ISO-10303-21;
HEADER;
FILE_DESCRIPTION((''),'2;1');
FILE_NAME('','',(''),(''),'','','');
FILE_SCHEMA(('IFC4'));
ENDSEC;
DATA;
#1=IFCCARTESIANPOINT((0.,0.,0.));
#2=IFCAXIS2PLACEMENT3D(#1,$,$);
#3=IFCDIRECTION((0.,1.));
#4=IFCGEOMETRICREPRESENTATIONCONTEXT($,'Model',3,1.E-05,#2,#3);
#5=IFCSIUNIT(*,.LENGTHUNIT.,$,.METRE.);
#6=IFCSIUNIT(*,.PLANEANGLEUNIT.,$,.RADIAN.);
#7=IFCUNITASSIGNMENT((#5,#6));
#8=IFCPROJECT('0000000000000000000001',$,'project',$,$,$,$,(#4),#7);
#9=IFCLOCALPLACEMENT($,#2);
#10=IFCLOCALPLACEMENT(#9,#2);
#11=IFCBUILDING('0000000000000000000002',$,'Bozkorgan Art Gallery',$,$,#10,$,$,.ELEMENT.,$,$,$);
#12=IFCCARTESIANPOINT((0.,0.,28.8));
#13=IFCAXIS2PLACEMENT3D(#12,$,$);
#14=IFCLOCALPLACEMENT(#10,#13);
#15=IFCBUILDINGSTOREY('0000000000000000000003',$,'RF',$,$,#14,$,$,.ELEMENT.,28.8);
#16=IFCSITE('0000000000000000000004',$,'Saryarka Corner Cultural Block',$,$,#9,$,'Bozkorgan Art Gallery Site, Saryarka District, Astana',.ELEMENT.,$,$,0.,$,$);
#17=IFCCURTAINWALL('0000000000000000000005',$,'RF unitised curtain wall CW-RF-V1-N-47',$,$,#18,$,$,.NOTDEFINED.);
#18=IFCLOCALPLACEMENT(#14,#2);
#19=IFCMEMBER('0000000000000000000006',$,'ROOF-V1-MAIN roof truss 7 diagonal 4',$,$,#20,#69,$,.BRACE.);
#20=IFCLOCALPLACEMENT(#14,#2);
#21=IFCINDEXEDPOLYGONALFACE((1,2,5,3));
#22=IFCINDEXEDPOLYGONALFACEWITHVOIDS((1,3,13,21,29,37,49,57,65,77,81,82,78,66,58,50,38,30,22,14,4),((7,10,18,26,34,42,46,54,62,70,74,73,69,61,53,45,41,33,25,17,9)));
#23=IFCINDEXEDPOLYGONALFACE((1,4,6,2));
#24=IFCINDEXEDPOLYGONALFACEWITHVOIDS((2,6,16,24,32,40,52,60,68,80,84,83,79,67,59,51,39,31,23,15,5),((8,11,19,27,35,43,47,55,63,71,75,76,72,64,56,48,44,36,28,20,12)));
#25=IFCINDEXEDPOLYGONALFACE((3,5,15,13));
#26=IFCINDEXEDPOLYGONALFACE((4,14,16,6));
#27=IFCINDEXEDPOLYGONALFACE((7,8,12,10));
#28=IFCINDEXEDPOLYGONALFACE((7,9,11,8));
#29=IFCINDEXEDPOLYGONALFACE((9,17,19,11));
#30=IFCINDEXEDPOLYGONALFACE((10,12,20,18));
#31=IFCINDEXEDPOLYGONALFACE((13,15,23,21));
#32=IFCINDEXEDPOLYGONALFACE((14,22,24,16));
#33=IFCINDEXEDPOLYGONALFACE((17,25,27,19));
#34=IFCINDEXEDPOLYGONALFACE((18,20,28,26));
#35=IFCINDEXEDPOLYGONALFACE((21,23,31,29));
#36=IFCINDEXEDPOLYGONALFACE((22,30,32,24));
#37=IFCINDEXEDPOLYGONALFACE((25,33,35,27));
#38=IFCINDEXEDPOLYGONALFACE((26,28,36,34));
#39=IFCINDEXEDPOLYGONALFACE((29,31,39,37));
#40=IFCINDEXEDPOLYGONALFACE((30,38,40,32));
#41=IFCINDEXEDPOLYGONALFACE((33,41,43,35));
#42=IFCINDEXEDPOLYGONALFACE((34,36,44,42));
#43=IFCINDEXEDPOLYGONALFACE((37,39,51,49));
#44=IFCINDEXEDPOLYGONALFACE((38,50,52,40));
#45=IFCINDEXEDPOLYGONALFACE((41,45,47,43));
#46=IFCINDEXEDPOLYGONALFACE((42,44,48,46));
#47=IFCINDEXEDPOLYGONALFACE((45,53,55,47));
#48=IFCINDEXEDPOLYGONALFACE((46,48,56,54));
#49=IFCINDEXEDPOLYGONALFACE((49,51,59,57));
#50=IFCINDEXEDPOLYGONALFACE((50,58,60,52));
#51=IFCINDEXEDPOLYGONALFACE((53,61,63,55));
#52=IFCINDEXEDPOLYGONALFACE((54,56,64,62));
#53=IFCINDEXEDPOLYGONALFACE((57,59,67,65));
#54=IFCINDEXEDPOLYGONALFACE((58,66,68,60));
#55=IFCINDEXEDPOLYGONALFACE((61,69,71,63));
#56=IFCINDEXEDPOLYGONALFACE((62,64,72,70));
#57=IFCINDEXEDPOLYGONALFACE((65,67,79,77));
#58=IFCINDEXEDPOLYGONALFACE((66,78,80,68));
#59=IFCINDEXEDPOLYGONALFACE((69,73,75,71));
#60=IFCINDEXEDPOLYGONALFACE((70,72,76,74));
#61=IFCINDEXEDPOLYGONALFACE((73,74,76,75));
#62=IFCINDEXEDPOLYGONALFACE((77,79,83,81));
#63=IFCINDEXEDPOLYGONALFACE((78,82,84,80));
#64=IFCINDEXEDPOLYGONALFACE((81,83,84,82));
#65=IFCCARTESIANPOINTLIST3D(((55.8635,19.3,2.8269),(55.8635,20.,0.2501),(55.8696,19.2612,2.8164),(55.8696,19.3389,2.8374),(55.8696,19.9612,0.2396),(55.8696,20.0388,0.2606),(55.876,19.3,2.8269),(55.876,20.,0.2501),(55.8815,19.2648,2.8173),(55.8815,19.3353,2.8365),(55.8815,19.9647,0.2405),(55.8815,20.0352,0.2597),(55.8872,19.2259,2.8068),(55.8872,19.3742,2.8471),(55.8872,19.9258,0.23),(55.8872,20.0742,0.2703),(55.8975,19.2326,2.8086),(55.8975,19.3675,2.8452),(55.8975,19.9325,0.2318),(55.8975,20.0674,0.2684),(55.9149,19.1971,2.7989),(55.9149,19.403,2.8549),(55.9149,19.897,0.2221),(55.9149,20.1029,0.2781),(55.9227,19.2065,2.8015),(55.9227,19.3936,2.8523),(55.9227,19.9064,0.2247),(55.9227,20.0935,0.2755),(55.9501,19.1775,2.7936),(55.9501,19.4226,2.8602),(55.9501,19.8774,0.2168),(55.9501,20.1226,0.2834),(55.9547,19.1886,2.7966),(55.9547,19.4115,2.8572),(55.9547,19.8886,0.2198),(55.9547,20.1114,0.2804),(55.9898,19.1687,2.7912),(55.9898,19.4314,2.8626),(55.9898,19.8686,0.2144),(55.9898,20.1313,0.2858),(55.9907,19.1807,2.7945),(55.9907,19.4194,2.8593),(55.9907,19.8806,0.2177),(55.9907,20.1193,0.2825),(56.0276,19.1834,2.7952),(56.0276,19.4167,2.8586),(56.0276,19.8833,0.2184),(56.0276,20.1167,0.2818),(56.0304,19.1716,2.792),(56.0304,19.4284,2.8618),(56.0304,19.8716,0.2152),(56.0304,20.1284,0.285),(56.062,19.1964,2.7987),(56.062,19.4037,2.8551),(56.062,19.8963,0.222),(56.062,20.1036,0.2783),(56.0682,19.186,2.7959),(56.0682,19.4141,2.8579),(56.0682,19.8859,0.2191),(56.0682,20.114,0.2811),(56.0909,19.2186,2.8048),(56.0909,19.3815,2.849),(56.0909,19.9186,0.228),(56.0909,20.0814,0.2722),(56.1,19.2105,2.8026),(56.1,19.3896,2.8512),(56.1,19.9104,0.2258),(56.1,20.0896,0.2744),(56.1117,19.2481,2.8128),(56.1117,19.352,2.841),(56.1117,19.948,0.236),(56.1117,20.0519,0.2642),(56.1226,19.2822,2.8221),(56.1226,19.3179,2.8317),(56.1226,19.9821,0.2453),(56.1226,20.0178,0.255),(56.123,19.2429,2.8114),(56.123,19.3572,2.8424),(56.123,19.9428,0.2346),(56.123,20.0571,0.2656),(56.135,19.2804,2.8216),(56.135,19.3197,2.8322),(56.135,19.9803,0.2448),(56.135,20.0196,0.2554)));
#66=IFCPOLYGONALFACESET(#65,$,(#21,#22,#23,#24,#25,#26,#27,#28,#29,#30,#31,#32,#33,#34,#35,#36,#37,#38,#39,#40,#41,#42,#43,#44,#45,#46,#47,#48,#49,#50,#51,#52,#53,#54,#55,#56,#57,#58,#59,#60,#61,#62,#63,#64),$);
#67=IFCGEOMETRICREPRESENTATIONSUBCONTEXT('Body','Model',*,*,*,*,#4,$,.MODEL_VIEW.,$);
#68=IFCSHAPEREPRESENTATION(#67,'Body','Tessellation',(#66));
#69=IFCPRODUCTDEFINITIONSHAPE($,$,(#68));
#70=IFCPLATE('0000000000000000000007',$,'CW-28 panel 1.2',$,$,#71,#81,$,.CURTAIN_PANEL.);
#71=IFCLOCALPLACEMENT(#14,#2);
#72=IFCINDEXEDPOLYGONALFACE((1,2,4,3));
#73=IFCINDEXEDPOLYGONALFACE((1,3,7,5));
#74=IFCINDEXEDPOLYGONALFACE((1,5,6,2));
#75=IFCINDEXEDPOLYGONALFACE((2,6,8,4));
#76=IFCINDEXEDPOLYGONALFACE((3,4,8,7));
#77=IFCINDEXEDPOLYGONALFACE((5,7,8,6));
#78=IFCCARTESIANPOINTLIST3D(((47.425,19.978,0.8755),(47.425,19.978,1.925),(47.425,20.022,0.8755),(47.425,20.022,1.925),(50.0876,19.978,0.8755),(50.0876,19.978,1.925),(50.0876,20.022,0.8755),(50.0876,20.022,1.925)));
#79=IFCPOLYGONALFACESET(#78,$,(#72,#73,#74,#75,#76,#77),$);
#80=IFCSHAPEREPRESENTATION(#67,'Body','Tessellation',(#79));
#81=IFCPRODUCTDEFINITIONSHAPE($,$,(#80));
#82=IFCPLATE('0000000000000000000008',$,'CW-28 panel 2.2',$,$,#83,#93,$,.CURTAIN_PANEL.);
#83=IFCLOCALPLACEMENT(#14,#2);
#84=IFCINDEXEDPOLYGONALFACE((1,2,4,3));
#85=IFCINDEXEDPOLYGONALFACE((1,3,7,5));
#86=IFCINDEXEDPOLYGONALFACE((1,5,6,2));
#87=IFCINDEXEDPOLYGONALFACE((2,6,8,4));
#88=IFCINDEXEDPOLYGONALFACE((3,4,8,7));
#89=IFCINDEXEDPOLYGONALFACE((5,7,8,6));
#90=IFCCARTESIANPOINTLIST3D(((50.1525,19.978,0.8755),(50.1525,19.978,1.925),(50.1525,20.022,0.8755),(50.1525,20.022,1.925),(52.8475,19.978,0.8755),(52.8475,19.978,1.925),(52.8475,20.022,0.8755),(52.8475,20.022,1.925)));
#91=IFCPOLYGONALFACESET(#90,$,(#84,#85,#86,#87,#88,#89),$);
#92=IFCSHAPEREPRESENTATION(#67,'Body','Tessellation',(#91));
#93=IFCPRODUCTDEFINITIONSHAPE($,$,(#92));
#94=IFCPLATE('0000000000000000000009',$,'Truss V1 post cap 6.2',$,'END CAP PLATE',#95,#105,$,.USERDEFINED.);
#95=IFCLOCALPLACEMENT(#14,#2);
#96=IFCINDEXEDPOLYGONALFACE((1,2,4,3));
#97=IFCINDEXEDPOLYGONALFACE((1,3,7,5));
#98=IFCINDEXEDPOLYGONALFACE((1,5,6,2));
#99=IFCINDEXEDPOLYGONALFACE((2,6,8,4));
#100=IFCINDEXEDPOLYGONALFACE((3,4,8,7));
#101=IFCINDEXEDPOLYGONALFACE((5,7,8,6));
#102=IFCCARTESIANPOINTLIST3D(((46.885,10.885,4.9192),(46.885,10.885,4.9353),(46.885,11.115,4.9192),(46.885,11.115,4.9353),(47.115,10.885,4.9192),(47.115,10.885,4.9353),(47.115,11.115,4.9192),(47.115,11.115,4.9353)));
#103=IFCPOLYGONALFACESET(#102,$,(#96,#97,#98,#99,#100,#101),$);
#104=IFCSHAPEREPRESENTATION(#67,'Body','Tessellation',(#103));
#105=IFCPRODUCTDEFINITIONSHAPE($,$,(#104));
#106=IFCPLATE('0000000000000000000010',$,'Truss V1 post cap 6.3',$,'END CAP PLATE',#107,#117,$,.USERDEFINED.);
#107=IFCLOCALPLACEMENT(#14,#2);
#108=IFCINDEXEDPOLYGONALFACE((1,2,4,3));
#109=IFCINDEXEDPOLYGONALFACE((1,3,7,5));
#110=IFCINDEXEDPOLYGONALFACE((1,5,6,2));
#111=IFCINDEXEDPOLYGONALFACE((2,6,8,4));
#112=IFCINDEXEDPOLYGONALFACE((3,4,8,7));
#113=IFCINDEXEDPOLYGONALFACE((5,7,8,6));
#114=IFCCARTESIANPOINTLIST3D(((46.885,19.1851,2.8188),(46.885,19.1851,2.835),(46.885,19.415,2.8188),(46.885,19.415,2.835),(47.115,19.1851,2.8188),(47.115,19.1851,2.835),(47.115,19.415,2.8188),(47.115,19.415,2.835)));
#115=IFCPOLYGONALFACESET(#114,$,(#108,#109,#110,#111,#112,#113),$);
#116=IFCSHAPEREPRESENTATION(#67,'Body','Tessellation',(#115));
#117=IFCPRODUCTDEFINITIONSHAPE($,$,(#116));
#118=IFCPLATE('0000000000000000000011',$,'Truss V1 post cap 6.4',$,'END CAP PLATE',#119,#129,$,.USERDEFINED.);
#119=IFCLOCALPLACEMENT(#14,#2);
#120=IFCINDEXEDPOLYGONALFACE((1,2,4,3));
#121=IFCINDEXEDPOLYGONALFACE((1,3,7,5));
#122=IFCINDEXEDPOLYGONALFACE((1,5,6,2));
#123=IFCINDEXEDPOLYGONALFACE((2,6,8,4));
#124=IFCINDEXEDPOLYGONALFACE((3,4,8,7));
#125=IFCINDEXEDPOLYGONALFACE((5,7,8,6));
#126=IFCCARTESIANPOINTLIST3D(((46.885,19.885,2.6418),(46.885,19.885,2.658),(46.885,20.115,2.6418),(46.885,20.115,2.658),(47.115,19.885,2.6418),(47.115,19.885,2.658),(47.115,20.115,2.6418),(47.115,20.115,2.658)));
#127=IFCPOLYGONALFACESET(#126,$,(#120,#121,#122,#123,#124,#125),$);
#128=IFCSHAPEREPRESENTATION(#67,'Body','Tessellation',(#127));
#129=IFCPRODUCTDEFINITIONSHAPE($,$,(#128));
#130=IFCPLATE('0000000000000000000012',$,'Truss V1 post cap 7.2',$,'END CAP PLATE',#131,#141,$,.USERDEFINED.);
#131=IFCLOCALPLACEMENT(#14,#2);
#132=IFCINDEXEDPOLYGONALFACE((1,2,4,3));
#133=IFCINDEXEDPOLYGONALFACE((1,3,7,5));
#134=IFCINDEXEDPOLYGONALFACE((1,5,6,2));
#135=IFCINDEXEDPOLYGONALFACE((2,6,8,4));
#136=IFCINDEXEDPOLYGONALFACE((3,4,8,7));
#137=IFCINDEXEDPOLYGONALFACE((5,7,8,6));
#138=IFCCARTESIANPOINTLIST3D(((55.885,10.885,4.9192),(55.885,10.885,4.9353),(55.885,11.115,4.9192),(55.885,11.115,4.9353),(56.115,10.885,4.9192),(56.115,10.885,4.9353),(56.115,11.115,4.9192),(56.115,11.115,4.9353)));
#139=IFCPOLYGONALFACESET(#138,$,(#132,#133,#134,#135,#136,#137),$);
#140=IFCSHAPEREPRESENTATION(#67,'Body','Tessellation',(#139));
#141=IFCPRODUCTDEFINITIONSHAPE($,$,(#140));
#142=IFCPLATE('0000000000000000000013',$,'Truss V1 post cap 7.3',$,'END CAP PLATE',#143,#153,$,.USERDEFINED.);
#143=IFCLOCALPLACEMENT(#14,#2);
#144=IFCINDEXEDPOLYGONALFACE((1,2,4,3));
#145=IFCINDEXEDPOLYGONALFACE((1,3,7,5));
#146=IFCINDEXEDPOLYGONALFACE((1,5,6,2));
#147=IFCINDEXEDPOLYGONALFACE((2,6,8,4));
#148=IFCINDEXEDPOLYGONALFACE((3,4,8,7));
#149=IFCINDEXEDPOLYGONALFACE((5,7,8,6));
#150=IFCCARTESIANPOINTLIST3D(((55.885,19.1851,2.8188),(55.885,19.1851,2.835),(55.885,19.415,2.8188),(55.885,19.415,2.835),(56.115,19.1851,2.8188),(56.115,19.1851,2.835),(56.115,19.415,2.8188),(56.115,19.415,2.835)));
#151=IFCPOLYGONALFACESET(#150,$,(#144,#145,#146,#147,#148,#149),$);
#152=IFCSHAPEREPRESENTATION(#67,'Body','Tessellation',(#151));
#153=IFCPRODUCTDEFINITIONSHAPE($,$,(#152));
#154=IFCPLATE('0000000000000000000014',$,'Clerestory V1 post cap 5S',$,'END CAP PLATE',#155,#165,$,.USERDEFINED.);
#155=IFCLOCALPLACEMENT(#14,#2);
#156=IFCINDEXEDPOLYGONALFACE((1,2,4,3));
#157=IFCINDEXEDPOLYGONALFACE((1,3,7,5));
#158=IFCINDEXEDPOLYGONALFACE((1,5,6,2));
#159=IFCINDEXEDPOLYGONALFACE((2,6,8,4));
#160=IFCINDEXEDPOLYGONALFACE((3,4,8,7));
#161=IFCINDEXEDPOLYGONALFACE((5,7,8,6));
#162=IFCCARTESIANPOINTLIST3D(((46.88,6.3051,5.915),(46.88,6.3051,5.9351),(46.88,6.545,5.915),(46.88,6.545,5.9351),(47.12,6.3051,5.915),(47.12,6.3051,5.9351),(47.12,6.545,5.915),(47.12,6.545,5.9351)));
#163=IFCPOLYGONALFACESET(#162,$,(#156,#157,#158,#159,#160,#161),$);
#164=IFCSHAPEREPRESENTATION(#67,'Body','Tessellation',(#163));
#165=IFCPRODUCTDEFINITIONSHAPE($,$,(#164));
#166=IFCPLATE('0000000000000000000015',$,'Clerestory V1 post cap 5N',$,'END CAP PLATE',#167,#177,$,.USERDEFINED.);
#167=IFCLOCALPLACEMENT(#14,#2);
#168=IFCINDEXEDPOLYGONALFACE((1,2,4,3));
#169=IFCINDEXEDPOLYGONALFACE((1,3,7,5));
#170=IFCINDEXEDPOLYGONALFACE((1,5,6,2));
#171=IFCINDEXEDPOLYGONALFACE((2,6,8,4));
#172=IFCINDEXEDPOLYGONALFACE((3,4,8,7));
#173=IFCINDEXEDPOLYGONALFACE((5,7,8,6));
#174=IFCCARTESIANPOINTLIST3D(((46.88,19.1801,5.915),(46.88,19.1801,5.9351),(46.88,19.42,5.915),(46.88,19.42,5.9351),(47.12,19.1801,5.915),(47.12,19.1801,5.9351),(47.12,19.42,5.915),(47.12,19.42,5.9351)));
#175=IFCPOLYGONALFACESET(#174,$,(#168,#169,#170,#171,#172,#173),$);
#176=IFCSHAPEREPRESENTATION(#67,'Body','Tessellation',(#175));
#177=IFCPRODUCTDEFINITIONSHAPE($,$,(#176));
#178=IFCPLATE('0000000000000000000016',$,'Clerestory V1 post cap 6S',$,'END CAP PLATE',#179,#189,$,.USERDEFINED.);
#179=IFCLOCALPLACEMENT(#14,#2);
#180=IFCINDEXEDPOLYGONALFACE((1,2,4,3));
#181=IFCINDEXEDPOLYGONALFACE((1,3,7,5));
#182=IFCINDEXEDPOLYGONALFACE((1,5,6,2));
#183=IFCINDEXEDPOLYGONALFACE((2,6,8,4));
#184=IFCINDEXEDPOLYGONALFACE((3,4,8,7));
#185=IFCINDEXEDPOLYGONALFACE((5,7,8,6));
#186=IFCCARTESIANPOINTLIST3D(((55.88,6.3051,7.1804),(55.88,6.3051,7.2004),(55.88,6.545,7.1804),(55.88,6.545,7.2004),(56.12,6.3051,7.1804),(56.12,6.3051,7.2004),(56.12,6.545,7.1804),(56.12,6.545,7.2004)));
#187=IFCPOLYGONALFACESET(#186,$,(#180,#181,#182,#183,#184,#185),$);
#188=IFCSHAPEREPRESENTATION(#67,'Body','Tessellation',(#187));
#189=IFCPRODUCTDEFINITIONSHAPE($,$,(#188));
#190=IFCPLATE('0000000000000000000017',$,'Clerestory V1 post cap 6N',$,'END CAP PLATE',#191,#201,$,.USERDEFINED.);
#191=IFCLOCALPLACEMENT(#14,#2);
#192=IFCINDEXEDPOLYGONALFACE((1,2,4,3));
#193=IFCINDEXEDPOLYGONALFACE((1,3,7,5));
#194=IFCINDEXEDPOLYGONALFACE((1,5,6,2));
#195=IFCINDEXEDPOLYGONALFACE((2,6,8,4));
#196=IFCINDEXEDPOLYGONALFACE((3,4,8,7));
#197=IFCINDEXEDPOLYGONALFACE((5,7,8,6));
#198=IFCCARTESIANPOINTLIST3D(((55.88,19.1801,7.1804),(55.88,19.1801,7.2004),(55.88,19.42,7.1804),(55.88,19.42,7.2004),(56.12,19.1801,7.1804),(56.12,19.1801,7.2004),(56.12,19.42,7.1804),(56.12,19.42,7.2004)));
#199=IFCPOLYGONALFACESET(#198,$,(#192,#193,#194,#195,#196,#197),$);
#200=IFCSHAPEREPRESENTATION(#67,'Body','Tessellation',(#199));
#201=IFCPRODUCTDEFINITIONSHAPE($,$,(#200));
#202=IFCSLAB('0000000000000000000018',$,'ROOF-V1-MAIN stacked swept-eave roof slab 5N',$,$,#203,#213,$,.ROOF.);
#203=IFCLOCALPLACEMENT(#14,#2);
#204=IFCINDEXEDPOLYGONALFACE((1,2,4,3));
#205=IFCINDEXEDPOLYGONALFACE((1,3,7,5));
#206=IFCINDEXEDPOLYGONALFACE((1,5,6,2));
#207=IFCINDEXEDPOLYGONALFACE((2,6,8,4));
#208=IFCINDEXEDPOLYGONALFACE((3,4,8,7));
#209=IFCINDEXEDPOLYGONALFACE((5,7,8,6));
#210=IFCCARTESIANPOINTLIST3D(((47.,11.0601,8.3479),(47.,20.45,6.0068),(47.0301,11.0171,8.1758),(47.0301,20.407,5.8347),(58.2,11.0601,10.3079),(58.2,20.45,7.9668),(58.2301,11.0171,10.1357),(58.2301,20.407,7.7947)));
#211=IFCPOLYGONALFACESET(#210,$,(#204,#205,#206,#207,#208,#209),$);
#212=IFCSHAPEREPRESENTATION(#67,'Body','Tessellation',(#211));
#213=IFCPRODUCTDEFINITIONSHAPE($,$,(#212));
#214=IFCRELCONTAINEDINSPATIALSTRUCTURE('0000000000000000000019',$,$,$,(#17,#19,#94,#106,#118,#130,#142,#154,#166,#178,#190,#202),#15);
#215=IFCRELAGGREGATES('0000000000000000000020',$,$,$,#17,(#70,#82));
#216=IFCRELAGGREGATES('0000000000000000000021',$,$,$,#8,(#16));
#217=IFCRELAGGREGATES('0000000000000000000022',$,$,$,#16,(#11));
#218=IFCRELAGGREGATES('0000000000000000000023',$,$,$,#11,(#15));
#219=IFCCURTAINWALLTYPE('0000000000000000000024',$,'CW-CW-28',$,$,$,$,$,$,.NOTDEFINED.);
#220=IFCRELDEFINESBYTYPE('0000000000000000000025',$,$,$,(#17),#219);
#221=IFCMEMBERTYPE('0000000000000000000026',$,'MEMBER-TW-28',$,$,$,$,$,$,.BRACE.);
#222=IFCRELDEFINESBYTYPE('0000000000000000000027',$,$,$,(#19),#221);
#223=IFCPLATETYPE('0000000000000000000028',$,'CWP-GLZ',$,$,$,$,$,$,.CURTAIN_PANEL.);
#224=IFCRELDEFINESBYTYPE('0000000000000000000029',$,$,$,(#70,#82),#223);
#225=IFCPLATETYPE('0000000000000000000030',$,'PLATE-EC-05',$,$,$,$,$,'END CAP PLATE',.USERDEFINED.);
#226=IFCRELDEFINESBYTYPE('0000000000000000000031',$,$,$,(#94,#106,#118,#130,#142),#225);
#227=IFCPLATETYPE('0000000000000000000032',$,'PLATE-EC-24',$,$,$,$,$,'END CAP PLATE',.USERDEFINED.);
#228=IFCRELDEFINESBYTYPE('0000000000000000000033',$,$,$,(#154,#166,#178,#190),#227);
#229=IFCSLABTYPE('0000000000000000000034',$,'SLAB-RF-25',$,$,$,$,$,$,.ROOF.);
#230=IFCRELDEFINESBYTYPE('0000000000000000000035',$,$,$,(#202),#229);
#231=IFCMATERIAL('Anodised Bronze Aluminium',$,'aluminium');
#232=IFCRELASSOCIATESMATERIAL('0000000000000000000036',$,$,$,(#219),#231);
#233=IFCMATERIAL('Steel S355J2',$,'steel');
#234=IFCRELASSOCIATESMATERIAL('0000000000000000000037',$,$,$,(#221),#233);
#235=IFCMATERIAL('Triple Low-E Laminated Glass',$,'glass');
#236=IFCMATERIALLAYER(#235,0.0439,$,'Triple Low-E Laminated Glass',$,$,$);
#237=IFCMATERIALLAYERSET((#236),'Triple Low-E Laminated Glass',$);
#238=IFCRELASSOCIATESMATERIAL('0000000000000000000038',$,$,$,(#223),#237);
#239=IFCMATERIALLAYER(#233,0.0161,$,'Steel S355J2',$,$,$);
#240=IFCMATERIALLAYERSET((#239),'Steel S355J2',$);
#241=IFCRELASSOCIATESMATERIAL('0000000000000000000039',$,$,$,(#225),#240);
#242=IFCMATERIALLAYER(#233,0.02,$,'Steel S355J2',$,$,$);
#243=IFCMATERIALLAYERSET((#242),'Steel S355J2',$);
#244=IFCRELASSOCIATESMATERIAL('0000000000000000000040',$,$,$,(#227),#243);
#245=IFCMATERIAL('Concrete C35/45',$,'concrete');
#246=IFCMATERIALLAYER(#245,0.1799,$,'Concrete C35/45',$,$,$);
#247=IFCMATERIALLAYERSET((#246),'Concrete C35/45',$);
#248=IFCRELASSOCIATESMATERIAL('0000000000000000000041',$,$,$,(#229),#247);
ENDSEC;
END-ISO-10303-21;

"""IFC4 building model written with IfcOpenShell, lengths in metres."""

from ifc_helpers import new_model, si_unit, direction, frame, origin, origin_2d, place, context, subcontext, project, spatial, polyline, rectangle, hollow_circle, outline, extrude, material, layer, layer_set, material_profile, profile_set, type_object, element, aggregate, save


model = new_model("IFC4")

# Units and contexts
model_context = context("Model", 3, precision=1e-05, world=origin(), true_north=direction((0.0, 1.0)))
body_context = subcontext(model_context, "Body", "Model", "MODEL_VIEW")
ifc_project = project(units=[si_unit("LENGTHUNIT", "METRE"), si_unit("PLANEANGLEUNIT", "RADIAN")], contexts=[model_context])

# Site, building, storey
site_placement = place(None, origin())
site = spatial("IfcSite", under=ifc_project, at=site_placement, Name="Saryarka Corner Cultural Block", LongName="Bozkorgan Art Gallery Site, Saryarka District, Astana", CompositionType="ELEMENT", RefElevation=0.0)
building_placement = place(site_placement, origin())
building = spatial("IfcBuilding", under=site, at=building_placement, Name="Bozkorgan Art Gallery", CompositionType="ELEMENT")
storey_placement = place(building_placement, frame((0.0, 0.0, 28.8)))
storey = spatial("IfcBuildingStorey", under=building, at=storey_placement, Name="RF", CompositionType="ELEMENT", Elevation=28.8)

# Shared definitions
ifc_material_1 = material(Name="Steel S355J2", Category="steel")

# Curtain wall
ifc_material_2 = material(Name="Anodised Bronze Aluminium", Category="aluminium")
curtain_wall_type = type_object("IfcCurtainWallType", Name="CW-CW-28", PredefinedType="NOTDEFINED", material=ifc_material_2)
curtain_wall_placement = place(storey_placement, origin())
curtain_wall = element("IfcCurtainWall", 1, at=curtain_wall_placement, inside=storey, type_object=curtain_wall_type, Name="RF unitised curtain wall CW-RF-V1-N-47", PredefinedType="NOTDEFINED")

# Member
ifc_material_profile_1 = material_profile(ifc_material_1, hollow_circle(Radius=0.1365, WallThickness=0.0125, at=origin_2d()), Name="CHS 273x12.5")
ifc_profile_set_1 = profile_set([ifc_material_profile_1], Name="Steel S355J2")
member_type_1 = type_object("IfcMemberType", Name="MEMBER-TW-28", PredefinedType="BRACE", material=ifc_profile_set_1)
for number, where, z_axis, x_axis, name in (
    (2, (56.0, 19.3, 2.8269), (0.0, 0.262127, -0.965033), (-1.0, 0.0, 0.0), "ROOF-V1-MAIN roof truss 7 diagonal 4"),
):
    element("IfcMember", number, at=place(storey_placement, frame(where, z_axis=z_axis, x_axis=x_axis)), inside=storey, type_object=member_type_1, Name=name, PredefinedType="BRACE", context=body_context, shape_type="SweptSolid", body=[
        extrude(hollow_circle(Radius=0.1365, WallThickness=0.0125, at=origin_2d()), origin(), (0.0, 0.0, 1.0), 2.6702),
    ])

# Plates
ifc_material_3 = material(Name="Triple Low-E Laminated Glass", Category="glass")
ifc_layer_1 = layer(ifc_material_3, 0.0439, Name="Triple Low-E Laminated Glass")
ifc_layer_set_1 = layer_set([ifc_layer_1], Name="Triple Low-E Laminated Glass")
plate_type_1 = type_object("IfcPlateType", Name="CWP-GLZ", PredefinedType="CURTAIN_PANEL", material=ifc_layer_set_1)
plate_1_placement = place(storey_placement, frame((48.7563, 20.0, 0.8755), z_axis=(0.0, 0.0, 1.0), x_axis=(1.0, 0.0, 0.0)))
plate_1 = element("IfcPlate", 3, at=plate_1_placement, type_object=plate_type_1, Name="CW-28 panel 1.2", PredefinedType="CURTAIN_PANEL", context=body_context, shape_type="SweptSolid", body=[
    extrude(rectangle(XDim=2.6626, YDim=0.0439, at=origin_2d()), origin(), (0.0, 0.0, 1.0), 1.0496),
])
plate_2_placement = place(storey_placement, frame((51.5, 20.0, 0.8755), z_axis=(0.0, 0.0, 1.0), x_axis=(1.0, 0.0, 0.0)))
plate_2 = element("IfcPlate", 4, at=plate_2_placement, type_object=plate_type_1, Name="CW-28 panel 2.2", PredefinedType="CURTAIN_PANEL", context=body_context, shape_type="SweptSolid", body=[
    extrude(rectangle(XDim=2.6951, YDim=0.0439, at=origin_2d()), origin(), (0.0, 0.0, 1.0), 1.0496),
])
aggregate(curtain_wall, [plate_1, plate_2])

# Plates
ifc_layer_2 = layer(ifc_material_1, 0.0161, Name="Steel S355J2")
ifc_layer_set_2 = layer_set([ifc_layer_2], Name="Steel S355J2")
plate_type_2 = type_object("IfcPlateType", Name="PLATE-EC-05", ElementType="END CAP PLATE", PredefinedType="USERDEFINED", material=ifc_layer_set_2)
for number, where, z_axis, x_axis, name in (
    (5, (47.0, 11.0, 4.9192), (0.0, 0.0, 1.0), (1.0, 0.0, 0.0), "Truss V1 post cap 6.2"),
    (6, (47.0, 19.3, 2.8188), (0.0, 0.0, 1.0), (1.0, 0.0, 0.0), "Truss V1 post cap 6.3"),
    (7, (47.0, 20.0, 2.6418), (0.0, 0.0, 1.0), (1.0, 0.0, 0.0), "Truss V1 post cap 6.4"),
    (8, (56.0, 11.0, 4.9192), (0.0, 0.0, 1.0), (1.0, 0.0, 0.0), "Truss V1 post cap 7.2"),
    (9, (56.0, 19.3, 2.8188), (0.0, 0.0, 1.0), (1.0, 0.0, 0.0), "Truss V1 post cap 7.3"),
):
    element("IfcPlate", number, at=place(storey_placement, frame(where, z_axis=z_axis, x_axis=x_axis)), inside=storey, type_object=plate_type_2, Name=name, ObjectType="END CAP PLATE", PredefinedType="USERDEFINED", context=body_context, shape_type="SweptSolid", body=[
        extrude(rectangle(XDim=0.23, YDim=0.23, at=origin_2d()), origin(), (0.0, 0.0, 1.0), 0.0161),
    ])
ifc_layer_3 = layer(ifc_material_1, 0.02, Name="Steel S355J2")
ifc_layer_set_3 = layer_set([ifc_layer_3], Name="Steel S355J2")
plate_type_3 = type_object("IfcPlateType", Name="PLATE-EC-24", ElementType="END CAP PLATE", PredefinedType="USERDEFINED", material=ifc_layer_set_3)
for number, where, z_axis, x_axis, name in (
    (10, (47.0, 6.425, 5.915), (0.0, 0.0, 1.0), (1.0, 0.0, 0.0), "Clerestory V1 post cap 5S"),
    (11, (47.0, 19.3, 5.915), (0.0, 0.0, 1.0), (1.0, 0.0, 0.0), "Clerestory V1 post cap 5N"),
    (12, (56.0, 6.425, 7.1804), (0.0, 0.0, 1.0), (1.0, 0.0, 0.0), "Clerestory V1 post cap 6S"),
    (13, (56.0, 19.3, 7.1804), (0.0, 0.0, 1.0), (1.0, 0.0, 0.0), "Clerestory V1 post cap 6N"),
):
    element("IfcPlate", number, at=place(storey_placement, frame(where, z_axis=z_axis, x_axis=x_axis)), inside=storey, type_object=plate_type_3, Name=name, ObjectType="END CAP PLATE", PredefinedType="USERDEFINED", context=body_context, shape_type="SweptSolid", body=[
        extrude(rectangle(XDim=0.24, YDim=0.24, at=origin_2d()), origin(), (0.0, 0.0, 1.0), 0.02),
    ])

# Slab
ifc_material_4 = material(Name="Concrete C35/45", Category="concrete")
ifc_layer_4 = layer(ifc_material_4, 0.1799, Name="Concrete C35/45")
ifc_layer_set_4 = layer_set([ifc_layer_4], Name="Concrete C35/45")
slab_type_1 = type_object("IfcSlabType", Name="SLAB-RF-25", PredefinedType="ROOF", material=ifc_layer_set_4)
slab_1_placement = place(storey_placement, frame((47.0, 11.0601, 8.3479), z_axis=(-0.167403, 0.238499, 0.956606), x_axis=(0.985031, 0.0, 0.172378)))
element("IfcSlab", 14, at=slab_1_placement, inside=storey, type_object=slab_type_1, Name="ROOF-V1-MAIN stacked swept-eave roof slab 5N", PredefinedType="ROOF", context=body_context, shape_type="SweptSolid", body=[
    extrude(outline(polyline([(0.0, 0.0), (11.3702, 0.0), (10.9666, 9.6689), (-0.4035, 9.6689), (0.0, 0.0)])), origin(), (0.0, 0.0, -1.0), 0.1799),
])

save(model, "model.ifc")
